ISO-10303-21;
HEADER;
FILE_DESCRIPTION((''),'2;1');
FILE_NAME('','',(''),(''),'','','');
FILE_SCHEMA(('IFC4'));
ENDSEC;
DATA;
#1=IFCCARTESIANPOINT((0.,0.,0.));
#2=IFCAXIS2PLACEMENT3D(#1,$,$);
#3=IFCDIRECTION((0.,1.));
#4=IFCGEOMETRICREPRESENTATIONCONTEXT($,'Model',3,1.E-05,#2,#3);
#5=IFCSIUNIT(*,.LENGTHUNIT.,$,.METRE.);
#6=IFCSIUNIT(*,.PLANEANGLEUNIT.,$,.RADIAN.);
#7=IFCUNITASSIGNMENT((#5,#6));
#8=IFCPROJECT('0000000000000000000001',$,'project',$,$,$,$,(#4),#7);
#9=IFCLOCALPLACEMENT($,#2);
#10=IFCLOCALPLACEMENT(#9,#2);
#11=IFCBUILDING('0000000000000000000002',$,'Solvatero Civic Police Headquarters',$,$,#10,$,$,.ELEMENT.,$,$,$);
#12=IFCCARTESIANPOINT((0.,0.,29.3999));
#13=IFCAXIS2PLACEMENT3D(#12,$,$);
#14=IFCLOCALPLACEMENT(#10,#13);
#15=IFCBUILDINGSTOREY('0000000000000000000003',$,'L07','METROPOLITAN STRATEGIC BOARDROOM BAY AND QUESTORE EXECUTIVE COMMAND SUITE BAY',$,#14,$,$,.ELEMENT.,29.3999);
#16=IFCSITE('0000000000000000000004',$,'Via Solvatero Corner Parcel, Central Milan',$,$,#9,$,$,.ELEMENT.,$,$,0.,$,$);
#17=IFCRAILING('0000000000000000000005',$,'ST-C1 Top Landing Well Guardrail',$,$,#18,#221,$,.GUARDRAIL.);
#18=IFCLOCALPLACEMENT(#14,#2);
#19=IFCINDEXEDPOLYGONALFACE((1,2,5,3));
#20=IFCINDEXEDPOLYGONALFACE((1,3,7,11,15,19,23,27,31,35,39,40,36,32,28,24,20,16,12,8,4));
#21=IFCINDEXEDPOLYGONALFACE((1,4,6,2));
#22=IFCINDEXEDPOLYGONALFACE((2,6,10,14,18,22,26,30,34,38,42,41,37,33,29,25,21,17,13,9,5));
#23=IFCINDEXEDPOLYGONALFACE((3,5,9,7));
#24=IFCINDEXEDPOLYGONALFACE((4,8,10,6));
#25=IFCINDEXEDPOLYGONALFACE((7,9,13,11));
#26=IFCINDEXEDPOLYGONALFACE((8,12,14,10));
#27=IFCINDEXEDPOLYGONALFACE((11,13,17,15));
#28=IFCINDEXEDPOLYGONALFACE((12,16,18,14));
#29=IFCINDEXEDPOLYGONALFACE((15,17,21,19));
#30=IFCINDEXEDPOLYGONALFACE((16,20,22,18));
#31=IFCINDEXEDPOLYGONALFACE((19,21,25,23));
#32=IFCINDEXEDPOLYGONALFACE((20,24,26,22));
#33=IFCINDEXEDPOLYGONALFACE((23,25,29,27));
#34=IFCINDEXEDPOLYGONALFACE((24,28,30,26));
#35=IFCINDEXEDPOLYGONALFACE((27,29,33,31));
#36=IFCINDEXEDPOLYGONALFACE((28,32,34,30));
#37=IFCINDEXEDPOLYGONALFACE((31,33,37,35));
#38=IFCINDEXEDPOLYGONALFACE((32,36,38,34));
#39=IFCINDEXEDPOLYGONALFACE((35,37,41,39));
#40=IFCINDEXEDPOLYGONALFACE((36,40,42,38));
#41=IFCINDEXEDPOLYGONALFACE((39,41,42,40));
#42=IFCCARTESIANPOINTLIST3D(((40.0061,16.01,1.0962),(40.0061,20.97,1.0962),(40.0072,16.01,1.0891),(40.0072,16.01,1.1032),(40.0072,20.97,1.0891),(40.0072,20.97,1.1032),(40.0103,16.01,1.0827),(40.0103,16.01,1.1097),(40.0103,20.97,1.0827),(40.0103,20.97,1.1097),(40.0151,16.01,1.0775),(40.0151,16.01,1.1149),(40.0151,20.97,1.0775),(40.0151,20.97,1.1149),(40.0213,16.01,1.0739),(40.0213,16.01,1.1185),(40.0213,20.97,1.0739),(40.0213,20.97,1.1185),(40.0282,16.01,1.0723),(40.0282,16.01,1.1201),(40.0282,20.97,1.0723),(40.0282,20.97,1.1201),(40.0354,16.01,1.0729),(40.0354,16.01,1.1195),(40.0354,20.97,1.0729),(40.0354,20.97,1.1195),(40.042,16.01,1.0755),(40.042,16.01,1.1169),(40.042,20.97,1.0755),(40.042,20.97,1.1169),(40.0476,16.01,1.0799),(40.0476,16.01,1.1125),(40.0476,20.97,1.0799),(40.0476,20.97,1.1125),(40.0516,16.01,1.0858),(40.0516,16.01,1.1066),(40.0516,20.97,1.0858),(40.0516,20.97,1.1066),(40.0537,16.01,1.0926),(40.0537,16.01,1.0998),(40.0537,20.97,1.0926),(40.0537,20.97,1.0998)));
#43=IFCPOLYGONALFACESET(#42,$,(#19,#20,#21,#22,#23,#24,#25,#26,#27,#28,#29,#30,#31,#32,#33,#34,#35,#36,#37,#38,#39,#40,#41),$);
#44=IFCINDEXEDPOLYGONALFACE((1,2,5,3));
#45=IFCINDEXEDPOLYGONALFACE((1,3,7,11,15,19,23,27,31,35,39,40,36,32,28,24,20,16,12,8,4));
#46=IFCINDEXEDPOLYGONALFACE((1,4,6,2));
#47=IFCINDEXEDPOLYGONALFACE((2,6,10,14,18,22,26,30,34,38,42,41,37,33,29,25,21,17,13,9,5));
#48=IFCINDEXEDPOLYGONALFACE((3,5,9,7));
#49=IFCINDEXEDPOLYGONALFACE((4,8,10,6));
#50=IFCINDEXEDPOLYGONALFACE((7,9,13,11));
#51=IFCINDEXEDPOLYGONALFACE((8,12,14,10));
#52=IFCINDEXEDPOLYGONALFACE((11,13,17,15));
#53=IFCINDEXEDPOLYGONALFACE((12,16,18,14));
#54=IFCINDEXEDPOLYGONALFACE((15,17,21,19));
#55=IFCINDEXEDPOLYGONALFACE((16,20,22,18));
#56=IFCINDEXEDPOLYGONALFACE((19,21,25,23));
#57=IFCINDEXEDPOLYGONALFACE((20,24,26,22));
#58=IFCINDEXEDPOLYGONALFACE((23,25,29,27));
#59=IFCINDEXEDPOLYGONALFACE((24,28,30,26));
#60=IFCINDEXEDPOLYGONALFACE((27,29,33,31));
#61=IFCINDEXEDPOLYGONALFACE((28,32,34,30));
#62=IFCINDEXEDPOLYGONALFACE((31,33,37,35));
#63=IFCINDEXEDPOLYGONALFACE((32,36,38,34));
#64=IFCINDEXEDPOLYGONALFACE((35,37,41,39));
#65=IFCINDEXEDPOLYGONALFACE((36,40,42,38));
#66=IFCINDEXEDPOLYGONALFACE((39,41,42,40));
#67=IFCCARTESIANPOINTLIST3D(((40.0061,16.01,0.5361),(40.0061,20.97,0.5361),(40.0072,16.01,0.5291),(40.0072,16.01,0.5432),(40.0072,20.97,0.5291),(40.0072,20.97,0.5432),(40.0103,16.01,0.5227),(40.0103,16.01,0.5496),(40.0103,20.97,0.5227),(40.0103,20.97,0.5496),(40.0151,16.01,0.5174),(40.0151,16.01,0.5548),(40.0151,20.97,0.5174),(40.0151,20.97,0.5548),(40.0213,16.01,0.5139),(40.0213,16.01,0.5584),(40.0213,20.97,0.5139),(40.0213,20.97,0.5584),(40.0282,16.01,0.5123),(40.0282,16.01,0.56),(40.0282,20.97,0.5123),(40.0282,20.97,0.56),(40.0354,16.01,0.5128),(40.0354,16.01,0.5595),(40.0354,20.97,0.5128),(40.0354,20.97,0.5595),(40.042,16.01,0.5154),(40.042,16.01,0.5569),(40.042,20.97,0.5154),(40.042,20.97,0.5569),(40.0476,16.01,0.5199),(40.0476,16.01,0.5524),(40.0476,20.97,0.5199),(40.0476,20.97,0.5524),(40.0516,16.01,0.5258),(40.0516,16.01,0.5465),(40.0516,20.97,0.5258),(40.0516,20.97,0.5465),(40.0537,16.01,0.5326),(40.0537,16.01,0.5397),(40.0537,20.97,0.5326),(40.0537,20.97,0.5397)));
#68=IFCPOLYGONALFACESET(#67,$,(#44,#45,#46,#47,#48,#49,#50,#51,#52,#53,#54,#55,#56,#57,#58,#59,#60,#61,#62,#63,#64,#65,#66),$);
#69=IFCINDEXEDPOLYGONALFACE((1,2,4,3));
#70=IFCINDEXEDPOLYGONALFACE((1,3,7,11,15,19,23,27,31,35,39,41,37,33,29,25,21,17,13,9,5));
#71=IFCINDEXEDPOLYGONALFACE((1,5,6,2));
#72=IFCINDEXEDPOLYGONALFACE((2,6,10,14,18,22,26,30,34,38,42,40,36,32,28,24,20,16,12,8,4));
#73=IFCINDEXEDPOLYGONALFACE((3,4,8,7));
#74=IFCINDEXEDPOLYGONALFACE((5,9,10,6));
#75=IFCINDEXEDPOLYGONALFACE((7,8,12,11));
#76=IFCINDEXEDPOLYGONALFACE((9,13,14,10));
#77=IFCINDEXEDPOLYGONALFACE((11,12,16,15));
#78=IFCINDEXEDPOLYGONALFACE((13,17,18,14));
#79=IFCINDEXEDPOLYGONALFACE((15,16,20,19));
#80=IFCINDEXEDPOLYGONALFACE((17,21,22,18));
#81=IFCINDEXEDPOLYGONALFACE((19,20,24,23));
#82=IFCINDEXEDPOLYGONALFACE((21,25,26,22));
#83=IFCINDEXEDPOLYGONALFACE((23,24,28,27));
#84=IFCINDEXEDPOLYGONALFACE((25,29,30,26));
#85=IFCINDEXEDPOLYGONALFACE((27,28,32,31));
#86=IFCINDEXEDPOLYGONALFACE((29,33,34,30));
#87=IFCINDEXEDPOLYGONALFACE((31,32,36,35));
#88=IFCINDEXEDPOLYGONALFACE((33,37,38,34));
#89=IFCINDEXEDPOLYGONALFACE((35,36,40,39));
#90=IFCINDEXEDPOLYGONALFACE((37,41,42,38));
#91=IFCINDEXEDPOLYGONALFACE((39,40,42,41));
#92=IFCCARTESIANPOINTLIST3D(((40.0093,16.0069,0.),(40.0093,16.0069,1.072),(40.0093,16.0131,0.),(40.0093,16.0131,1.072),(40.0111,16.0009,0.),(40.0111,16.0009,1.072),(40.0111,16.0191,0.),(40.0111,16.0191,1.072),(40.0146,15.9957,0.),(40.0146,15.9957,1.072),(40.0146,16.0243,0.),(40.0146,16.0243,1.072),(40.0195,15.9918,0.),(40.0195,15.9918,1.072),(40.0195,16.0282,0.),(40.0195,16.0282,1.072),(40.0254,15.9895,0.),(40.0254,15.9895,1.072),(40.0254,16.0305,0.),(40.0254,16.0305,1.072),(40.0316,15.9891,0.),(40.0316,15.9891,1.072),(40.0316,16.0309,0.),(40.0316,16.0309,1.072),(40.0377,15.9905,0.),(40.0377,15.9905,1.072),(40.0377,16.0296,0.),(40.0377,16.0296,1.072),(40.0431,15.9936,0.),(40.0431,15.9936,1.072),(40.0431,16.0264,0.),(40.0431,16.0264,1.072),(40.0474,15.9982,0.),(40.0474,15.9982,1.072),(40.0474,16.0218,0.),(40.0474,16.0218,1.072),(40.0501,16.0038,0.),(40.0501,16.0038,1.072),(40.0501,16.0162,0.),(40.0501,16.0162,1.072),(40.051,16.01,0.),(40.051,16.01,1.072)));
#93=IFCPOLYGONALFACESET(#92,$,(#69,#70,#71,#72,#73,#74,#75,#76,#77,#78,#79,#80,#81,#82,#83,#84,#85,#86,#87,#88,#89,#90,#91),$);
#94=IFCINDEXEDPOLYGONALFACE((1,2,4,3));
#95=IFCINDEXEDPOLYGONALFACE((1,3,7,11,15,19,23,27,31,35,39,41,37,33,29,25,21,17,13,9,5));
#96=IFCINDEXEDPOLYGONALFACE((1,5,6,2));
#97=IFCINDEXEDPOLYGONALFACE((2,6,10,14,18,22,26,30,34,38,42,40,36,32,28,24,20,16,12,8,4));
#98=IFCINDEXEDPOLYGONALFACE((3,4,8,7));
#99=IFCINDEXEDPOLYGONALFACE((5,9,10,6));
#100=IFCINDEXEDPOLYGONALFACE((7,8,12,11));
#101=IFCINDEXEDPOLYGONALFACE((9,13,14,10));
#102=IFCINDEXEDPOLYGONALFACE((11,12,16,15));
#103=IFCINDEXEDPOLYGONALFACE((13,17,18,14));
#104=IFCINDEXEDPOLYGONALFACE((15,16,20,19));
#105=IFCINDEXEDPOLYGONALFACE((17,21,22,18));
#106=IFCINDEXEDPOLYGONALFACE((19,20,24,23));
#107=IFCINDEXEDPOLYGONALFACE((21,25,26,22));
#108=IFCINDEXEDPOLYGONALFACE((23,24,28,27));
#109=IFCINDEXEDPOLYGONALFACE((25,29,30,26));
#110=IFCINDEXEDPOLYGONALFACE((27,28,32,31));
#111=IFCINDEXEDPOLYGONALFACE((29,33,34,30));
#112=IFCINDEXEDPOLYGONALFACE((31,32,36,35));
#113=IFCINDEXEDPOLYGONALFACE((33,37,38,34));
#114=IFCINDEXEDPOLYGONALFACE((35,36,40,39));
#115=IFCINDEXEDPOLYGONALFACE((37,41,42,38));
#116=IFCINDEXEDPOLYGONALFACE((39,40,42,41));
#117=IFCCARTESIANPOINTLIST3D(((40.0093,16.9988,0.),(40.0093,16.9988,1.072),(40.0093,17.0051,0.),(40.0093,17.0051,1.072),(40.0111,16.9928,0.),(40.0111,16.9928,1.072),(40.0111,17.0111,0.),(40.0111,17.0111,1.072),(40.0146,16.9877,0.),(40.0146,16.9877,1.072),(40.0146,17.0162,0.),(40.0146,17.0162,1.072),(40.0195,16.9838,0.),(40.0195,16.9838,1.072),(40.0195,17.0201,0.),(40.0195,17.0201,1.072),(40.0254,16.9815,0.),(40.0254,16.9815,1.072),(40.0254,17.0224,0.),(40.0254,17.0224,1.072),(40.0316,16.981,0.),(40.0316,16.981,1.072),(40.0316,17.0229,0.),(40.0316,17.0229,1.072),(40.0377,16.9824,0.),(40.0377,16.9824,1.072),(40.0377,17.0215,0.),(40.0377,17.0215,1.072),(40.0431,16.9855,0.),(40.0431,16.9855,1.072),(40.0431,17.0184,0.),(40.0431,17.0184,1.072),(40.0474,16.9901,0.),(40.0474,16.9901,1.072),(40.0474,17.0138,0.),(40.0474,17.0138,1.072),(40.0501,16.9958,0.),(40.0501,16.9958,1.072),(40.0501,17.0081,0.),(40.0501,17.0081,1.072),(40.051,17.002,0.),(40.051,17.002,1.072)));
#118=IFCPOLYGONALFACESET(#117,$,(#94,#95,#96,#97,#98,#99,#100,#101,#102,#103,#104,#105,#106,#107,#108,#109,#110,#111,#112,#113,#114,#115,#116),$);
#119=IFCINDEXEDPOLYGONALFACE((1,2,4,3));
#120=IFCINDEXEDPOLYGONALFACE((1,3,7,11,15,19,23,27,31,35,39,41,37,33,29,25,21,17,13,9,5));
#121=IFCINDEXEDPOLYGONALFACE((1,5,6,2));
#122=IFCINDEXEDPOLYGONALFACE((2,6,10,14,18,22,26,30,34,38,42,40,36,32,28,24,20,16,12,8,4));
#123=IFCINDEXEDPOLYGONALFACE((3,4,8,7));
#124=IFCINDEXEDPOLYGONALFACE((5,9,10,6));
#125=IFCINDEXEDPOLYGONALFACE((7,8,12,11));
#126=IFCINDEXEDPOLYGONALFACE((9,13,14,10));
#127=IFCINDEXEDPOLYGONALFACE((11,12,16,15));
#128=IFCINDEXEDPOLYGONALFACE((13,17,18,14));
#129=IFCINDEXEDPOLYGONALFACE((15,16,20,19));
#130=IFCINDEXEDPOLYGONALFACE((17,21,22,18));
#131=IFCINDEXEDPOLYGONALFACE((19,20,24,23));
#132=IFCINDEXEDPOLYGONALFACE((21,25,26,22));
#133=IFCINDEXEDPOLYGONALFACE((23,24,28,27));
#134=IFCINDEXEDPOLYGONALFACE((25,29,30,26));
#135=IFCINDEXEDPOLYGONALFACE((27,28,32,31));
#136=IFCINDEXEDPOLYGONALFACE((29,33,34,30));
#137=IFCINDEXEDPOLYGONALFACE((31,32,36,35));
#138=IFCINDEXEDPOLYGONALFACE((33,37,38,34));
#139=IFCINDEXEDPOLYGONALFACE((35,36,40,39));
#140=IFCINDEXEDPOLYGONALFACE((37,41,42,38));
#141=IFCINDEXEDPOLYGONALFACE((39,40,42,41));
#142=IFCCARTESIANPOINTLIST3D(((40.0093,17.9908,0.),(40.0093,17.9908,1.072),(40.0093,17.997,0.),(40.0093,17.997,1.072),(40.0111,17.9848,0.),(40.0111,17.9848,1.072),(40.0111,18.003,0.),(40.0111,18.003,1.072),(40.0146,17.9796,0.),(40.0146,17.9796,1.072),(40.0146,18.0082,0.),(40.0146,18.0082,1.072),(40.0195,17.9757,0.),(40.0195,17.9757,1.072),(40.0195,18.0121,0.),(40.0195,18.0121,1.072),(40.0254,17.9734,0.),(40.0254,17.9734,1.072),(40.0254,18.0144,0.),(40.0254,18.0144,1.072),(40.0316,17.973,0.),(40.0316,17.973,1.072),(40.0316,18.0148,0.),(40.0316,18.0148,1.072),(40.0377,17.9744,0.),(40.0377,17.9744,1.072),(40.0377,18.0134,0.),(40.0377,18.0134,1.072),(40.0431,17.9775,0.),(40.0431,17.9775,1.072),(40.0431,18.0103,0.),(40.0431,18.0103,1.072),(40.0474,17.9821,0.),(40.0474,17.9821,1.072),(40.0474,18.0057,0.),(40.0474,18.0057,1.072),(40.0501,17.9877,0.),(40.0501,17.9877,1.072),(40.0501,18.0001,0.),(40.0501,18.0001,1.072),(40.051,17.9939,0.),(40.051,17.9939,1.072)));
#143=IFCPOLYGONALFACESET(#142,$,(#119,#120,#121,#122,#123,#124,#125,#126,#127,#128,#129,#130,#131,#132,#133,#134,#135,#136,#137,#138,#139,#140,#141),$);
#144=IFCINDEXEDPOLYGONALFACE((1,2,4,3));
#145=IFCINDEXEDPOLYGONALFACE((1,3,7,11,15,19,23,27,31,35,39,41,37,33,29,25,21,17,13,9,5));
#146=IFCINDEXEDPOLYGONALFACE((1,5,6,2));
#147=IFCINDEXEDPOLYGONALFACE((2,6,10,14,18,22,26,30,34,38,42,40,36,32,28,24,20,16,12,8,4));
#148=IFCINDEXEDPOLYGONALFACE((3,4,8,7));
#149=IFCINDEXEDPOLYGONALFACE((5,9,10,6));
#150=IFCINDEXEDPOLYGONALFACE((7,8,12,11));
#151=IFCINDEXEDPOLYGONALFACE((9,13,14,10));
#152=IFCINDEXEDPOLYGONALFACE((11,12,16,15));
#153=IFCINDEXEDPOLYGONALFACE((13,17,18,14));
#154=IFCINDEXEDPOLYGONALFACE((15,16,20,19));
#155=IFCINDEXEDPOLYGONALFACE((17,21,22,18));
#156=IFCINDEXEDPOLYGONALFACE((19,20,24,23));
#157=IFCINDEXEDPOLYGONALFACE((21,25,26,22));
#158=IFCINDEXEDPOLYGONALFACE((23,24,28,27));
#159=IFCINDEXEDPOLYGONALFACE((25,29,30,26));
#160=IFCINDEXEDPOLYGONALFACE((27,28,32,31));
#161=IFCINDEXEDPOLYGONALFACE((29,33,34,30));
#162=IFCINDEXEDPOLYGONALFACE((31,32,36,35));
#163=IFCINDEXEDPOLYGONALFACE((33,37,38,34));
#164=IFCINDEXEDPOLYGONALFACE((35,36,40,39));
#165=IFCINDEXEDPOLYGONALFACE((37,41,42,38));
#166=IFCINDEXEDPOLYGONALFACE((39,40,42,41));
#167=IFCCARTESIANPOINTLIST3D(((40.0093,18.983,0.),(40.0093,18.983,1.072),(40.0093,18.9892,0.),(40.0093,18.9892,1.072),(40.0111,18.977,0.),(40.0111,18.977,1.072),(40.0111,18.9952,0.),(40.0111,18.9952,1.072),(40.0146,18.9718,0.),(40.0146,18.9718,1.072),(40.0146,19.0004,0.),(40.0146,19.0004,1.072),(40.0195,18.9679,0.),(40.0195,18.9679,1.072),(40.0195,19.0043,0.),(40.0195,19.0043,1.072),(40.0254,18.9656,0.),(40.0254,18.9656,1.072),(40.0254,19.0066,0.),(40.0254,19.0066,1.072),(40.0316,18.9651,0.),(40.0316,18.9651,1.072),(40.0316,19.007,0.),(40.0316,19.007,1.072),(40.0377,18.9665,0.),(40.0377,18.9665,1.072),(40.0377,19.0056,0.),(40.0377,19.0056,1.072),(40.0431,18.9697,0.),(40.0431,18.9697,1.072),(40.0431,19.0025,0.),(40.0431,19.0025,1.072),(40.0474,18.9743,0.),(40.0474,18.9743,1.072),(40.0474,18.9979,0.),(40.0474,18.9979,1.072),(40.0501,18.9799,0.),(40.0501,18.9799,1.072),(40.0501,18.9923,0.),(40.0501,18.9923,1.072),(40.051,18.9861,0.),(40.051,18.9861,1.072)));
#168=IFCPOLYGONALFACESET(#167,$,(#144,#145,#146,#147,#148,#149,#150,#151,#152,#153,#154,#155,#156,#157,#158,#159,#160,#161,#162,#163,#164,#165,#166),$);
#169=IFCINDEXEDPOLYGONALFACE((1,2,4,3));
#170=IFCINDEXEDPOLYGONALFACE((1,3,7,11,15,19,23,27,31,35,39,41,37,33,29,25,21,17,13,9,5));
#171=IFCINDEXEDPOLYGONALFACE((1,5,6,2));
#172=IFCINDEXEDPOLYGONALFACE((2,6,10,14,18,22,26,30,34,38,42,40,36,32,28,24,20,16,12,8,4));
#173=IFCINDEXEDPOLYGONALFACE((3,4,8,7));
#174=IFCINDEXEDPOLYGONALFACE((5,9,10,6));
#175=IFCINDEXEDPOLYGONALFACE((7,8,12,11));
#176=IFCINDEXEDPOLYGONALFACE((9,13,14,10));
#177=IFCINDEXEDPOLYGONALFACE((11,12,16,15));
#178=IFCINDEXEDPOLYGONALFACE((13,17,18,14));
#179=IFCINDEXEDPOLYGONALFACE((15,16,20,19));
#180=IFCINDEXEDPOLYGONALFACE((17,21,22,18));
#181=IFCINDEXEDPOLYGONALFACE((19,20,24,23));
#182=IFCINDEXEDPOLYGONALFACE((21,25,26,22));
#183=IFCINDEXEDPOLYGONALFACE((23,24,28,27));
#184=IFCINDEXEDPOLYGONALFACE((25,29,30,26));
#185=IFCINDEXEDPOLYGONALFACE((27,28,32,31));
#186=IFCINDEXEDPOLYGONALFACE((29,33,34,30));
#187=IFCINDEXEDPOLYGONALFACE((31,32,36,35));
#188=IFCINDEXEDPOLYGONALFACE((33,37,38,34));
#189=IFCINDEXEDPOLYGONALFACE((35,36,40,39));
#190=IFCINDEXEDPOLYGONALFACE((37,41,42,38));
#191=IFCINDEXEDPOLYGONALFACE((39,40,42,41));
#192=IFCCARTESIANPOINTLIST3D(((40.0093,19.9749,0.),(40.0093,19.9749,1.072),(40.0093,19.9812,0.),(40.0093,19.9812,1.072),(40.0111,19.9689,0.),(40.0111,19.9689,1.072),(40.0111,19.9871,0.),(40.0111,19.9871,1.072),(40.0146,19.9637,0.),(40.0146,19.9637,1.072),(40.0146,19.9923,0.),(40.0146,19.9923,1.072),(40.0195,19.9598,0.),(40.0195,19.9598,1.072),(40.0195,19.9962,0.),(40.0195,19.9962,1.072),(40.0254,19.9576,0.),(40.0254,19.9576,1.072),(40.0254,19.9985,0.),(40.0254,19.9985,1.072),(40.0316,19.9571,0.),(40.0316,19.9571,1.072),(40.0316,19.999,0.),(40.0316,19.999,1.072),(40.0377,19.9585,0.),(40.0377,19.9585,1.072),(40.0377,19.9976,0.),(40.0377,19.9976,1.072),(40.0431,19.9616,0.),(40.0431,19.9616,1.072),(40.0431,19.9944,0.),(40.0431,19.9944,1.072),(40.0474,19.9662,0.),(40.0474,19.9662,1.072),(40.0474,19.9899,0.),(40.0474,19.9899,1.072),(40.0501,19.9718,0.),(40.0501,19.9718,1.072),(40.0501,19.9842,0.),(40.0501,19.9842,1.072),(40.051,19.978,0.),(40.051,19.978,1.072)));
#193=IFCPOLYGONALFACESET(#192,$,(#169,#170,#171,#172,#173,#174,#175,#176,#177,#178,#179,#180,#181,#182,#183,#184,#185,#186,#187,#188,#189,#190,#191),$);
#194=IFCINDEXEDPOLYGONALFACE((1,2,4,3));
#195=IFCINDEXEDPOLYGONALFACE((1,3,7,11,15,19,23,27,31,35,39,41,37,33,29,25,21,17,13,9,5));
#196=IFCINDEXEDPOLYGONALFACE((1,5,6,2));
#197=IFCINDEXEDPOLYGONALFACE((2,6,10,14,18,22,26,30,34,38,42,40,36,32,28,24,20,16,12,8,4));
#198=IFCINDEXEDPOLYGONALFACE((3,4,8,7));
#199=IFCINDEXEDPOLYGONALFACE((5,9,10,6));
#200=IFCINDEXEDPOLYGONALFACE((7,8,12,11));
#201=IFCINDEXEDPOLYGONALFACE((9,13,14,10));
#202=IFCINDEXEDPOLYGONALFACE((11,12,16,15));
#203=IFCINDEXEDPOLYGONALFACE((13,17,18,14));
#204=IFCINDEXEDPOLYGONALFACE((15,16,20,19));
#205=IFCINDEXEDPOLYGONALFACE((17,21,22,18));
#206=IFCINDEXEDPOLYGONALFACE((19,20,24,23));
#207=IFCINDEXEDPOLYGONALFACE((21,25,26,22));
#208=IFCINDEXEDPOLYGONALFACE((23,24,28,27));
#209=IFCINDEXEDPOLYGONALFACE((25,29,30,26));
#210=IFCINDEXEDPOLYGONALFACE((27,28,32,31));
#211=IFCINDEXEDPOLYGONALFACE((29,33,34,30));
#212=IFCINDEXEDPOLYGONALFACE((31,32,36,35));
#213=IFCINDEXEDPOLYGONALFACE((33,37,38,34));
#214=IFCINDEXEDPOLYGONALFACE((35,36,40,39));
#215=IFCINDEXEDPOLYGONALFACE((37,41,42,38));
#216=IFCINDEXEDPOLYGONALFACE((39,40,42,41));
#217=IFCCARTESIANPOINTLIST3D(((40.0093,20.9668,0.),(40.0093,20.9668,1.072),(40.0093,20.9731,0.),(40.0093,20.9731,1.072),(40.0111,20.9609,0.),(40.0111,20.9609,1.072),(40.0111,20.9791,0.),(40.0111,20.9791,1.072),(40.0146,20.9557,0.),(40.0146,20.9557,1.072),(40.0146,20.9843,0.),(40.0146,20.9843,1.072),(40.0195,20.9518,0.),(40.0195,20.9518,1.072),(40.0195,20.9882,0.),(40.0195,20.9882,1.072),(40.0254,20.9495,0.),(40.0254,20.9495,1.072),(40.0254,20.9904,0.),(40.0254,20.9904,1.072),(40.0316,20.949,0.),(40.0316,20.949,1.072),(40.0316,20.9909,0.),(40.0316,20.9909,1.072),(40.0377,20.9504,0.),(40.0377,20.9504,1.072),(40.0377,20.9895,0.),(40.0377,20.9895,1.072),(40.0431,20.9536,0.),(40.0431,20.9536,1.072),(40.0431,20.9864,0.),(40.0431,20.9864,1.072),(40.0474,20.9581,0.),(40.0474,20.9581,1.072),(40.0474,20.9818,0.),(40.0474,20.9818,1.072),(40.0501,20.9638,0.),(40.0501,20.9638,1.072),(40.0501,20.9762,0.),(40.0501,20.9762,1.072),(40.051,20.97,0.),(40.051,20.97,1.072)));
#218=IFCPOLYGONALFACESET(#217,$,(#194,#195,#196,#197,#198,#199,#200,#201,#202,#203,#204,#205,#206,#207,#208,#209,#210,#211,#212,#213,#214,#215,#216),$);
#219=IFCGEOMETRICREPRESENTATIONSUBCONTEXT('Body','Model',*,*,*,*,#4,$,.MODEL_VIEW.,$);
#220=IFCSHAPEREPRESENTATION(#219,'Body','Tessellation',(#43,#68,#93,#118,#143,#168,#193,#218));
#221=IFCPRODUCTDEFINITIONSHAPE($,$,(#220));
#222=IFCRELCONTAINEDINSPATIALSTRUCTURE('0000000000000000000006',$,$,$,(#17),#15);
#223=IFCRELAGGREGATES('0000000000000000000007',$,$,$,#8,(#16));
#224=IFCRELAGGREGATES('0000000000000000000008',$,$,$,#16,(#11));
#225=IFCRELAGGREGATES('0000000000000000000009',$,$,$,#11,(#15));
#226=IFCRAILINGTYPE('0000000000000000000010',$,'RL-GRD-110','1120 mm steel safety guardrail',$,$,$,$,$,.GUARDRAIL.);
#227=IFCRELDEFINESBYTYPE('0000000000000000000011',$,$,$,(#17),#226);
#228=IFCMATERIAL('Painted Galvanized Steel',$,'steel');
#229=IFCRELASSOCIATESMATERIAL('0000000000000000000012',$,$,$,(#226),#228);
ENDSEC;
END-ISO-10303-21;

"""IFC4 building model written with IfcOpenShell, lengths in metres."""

from ifc_helpers import new_model, si_unit, direction, frame, origin, origin_2d, place, context, subcontext, project, spatial, circle, extrude, material, type_object, element, save


model = new_model("IFC4")

# Units and contexts
model_context = context("Model", 3, precision=1e-05, world=origin(), true_north=direction((0.0, 1.0)))
body_context = subcontext(model_context, "Body", "Model", "MODEL_VIEW")
ifc_project = project(units=[si_unit("LENGTHUNIT", "METRE"), si_unit("PLANEANGLEUNIT", "RADIAN")], contexts=[model_context])

# Site, building, storey
site_placement = place(None, origin())
site = spatial("IfcSite", under=ifc_project, at=site_placement, Name="Via Solvatero Corner Parcel, Central Milan", CompositionType="ELEMENT", RefElevation=0.0)
building_placement = place(site_placement, origin())
building = spatial("IfcBuilding", under=site, at=building_placement, Name="Solvatero Civic Police Headquarters", CompositionType="ELEMENT")
storey_placement = place(building_placement, frame((0.0, 0.0, 29.3999)))
storey = spatial("IfcBuildingStorey", under=building, at=storey_placement, Name="L07", Description="METROPOLITAN STRATEGIC BOARDROOM BAY AND QUESTORE EXECUTIVE COMMAND SUITE BAY", CompositionType="ELEMENT", Elevation=29.3999)

# Railing
ifc_material_1 = material(Name="Painted Galvanized Steel", Category="steel")
railing_type_1 = type_object("IfcRailingType", Name="RL-GRD-110", Description="1120 mm steel safety guardrail", PredefinedType="GUARDRAIL", material=ifc_material_1)
railing_1_placement = place(storey_placement, frame((40.03, 16.01, 0.0)))
element("IfcRailing", 1, at=railing_1_placement, inside=storey, type_object=railing_type_1, Name="ST-C1 Top Landing Well Guardrail", PredefinedType="GUARDRAIL", context=body_context, shape_type="SweptSolid", body=[
    extrude(circle(Radius=0.0239, at=origin_2d()), frame((0.0, 0.0, 1.0962), z_axis=(0.0, 1.0, 0.0), x_axis=(-1.0, 0.0, 0.0)), (0.0, 0.0, 1.0), 4.96),
    extrude(circle(Radius=0.0239, at=origin_2d()), frame((0.0, 0.0, 0.5361), z_axis=(0.0, 1.0, 0.0), x_axis=(-1.0, 0.0, 0.0)), (0.0, 0.0, 1.0), 4.96),
    extrude(circle(Radius=0.021, at=origin_2d()), origin(), (0.0, 0.0, 1.0), 1.072),
    extrude(circle(Radius=0.021, at=origin_2d()), frame((0.0, 0.9919, 0.0)), (0.0, 0.0, 1.0), 1.072),
    extrude(circle(Radius=0.021, at=origin_2d()), frame((0.0, 1.9839, 0.0)), (0.0, 0.0, 1.0), 1.072),
    extrude(circle(Radius=0.021, at=origin_2d()), frame((0.0, 2.9761, 0.0)), (0.0, 0.0, 1.0), 1.072),
    extrude(circle(Radius=0.021, at=origin_2d()), frame((0.0, 3.968, 0.0)), (0.0, 0.0, 1.0), 1.072),
    extrude(circle(Radius=0.021, at=origin_2d()), frame((0.0, 4.96, 0.0)), (0.0, 0.0, 1.0), 1.072),
])

save(model, "model.ifc")
